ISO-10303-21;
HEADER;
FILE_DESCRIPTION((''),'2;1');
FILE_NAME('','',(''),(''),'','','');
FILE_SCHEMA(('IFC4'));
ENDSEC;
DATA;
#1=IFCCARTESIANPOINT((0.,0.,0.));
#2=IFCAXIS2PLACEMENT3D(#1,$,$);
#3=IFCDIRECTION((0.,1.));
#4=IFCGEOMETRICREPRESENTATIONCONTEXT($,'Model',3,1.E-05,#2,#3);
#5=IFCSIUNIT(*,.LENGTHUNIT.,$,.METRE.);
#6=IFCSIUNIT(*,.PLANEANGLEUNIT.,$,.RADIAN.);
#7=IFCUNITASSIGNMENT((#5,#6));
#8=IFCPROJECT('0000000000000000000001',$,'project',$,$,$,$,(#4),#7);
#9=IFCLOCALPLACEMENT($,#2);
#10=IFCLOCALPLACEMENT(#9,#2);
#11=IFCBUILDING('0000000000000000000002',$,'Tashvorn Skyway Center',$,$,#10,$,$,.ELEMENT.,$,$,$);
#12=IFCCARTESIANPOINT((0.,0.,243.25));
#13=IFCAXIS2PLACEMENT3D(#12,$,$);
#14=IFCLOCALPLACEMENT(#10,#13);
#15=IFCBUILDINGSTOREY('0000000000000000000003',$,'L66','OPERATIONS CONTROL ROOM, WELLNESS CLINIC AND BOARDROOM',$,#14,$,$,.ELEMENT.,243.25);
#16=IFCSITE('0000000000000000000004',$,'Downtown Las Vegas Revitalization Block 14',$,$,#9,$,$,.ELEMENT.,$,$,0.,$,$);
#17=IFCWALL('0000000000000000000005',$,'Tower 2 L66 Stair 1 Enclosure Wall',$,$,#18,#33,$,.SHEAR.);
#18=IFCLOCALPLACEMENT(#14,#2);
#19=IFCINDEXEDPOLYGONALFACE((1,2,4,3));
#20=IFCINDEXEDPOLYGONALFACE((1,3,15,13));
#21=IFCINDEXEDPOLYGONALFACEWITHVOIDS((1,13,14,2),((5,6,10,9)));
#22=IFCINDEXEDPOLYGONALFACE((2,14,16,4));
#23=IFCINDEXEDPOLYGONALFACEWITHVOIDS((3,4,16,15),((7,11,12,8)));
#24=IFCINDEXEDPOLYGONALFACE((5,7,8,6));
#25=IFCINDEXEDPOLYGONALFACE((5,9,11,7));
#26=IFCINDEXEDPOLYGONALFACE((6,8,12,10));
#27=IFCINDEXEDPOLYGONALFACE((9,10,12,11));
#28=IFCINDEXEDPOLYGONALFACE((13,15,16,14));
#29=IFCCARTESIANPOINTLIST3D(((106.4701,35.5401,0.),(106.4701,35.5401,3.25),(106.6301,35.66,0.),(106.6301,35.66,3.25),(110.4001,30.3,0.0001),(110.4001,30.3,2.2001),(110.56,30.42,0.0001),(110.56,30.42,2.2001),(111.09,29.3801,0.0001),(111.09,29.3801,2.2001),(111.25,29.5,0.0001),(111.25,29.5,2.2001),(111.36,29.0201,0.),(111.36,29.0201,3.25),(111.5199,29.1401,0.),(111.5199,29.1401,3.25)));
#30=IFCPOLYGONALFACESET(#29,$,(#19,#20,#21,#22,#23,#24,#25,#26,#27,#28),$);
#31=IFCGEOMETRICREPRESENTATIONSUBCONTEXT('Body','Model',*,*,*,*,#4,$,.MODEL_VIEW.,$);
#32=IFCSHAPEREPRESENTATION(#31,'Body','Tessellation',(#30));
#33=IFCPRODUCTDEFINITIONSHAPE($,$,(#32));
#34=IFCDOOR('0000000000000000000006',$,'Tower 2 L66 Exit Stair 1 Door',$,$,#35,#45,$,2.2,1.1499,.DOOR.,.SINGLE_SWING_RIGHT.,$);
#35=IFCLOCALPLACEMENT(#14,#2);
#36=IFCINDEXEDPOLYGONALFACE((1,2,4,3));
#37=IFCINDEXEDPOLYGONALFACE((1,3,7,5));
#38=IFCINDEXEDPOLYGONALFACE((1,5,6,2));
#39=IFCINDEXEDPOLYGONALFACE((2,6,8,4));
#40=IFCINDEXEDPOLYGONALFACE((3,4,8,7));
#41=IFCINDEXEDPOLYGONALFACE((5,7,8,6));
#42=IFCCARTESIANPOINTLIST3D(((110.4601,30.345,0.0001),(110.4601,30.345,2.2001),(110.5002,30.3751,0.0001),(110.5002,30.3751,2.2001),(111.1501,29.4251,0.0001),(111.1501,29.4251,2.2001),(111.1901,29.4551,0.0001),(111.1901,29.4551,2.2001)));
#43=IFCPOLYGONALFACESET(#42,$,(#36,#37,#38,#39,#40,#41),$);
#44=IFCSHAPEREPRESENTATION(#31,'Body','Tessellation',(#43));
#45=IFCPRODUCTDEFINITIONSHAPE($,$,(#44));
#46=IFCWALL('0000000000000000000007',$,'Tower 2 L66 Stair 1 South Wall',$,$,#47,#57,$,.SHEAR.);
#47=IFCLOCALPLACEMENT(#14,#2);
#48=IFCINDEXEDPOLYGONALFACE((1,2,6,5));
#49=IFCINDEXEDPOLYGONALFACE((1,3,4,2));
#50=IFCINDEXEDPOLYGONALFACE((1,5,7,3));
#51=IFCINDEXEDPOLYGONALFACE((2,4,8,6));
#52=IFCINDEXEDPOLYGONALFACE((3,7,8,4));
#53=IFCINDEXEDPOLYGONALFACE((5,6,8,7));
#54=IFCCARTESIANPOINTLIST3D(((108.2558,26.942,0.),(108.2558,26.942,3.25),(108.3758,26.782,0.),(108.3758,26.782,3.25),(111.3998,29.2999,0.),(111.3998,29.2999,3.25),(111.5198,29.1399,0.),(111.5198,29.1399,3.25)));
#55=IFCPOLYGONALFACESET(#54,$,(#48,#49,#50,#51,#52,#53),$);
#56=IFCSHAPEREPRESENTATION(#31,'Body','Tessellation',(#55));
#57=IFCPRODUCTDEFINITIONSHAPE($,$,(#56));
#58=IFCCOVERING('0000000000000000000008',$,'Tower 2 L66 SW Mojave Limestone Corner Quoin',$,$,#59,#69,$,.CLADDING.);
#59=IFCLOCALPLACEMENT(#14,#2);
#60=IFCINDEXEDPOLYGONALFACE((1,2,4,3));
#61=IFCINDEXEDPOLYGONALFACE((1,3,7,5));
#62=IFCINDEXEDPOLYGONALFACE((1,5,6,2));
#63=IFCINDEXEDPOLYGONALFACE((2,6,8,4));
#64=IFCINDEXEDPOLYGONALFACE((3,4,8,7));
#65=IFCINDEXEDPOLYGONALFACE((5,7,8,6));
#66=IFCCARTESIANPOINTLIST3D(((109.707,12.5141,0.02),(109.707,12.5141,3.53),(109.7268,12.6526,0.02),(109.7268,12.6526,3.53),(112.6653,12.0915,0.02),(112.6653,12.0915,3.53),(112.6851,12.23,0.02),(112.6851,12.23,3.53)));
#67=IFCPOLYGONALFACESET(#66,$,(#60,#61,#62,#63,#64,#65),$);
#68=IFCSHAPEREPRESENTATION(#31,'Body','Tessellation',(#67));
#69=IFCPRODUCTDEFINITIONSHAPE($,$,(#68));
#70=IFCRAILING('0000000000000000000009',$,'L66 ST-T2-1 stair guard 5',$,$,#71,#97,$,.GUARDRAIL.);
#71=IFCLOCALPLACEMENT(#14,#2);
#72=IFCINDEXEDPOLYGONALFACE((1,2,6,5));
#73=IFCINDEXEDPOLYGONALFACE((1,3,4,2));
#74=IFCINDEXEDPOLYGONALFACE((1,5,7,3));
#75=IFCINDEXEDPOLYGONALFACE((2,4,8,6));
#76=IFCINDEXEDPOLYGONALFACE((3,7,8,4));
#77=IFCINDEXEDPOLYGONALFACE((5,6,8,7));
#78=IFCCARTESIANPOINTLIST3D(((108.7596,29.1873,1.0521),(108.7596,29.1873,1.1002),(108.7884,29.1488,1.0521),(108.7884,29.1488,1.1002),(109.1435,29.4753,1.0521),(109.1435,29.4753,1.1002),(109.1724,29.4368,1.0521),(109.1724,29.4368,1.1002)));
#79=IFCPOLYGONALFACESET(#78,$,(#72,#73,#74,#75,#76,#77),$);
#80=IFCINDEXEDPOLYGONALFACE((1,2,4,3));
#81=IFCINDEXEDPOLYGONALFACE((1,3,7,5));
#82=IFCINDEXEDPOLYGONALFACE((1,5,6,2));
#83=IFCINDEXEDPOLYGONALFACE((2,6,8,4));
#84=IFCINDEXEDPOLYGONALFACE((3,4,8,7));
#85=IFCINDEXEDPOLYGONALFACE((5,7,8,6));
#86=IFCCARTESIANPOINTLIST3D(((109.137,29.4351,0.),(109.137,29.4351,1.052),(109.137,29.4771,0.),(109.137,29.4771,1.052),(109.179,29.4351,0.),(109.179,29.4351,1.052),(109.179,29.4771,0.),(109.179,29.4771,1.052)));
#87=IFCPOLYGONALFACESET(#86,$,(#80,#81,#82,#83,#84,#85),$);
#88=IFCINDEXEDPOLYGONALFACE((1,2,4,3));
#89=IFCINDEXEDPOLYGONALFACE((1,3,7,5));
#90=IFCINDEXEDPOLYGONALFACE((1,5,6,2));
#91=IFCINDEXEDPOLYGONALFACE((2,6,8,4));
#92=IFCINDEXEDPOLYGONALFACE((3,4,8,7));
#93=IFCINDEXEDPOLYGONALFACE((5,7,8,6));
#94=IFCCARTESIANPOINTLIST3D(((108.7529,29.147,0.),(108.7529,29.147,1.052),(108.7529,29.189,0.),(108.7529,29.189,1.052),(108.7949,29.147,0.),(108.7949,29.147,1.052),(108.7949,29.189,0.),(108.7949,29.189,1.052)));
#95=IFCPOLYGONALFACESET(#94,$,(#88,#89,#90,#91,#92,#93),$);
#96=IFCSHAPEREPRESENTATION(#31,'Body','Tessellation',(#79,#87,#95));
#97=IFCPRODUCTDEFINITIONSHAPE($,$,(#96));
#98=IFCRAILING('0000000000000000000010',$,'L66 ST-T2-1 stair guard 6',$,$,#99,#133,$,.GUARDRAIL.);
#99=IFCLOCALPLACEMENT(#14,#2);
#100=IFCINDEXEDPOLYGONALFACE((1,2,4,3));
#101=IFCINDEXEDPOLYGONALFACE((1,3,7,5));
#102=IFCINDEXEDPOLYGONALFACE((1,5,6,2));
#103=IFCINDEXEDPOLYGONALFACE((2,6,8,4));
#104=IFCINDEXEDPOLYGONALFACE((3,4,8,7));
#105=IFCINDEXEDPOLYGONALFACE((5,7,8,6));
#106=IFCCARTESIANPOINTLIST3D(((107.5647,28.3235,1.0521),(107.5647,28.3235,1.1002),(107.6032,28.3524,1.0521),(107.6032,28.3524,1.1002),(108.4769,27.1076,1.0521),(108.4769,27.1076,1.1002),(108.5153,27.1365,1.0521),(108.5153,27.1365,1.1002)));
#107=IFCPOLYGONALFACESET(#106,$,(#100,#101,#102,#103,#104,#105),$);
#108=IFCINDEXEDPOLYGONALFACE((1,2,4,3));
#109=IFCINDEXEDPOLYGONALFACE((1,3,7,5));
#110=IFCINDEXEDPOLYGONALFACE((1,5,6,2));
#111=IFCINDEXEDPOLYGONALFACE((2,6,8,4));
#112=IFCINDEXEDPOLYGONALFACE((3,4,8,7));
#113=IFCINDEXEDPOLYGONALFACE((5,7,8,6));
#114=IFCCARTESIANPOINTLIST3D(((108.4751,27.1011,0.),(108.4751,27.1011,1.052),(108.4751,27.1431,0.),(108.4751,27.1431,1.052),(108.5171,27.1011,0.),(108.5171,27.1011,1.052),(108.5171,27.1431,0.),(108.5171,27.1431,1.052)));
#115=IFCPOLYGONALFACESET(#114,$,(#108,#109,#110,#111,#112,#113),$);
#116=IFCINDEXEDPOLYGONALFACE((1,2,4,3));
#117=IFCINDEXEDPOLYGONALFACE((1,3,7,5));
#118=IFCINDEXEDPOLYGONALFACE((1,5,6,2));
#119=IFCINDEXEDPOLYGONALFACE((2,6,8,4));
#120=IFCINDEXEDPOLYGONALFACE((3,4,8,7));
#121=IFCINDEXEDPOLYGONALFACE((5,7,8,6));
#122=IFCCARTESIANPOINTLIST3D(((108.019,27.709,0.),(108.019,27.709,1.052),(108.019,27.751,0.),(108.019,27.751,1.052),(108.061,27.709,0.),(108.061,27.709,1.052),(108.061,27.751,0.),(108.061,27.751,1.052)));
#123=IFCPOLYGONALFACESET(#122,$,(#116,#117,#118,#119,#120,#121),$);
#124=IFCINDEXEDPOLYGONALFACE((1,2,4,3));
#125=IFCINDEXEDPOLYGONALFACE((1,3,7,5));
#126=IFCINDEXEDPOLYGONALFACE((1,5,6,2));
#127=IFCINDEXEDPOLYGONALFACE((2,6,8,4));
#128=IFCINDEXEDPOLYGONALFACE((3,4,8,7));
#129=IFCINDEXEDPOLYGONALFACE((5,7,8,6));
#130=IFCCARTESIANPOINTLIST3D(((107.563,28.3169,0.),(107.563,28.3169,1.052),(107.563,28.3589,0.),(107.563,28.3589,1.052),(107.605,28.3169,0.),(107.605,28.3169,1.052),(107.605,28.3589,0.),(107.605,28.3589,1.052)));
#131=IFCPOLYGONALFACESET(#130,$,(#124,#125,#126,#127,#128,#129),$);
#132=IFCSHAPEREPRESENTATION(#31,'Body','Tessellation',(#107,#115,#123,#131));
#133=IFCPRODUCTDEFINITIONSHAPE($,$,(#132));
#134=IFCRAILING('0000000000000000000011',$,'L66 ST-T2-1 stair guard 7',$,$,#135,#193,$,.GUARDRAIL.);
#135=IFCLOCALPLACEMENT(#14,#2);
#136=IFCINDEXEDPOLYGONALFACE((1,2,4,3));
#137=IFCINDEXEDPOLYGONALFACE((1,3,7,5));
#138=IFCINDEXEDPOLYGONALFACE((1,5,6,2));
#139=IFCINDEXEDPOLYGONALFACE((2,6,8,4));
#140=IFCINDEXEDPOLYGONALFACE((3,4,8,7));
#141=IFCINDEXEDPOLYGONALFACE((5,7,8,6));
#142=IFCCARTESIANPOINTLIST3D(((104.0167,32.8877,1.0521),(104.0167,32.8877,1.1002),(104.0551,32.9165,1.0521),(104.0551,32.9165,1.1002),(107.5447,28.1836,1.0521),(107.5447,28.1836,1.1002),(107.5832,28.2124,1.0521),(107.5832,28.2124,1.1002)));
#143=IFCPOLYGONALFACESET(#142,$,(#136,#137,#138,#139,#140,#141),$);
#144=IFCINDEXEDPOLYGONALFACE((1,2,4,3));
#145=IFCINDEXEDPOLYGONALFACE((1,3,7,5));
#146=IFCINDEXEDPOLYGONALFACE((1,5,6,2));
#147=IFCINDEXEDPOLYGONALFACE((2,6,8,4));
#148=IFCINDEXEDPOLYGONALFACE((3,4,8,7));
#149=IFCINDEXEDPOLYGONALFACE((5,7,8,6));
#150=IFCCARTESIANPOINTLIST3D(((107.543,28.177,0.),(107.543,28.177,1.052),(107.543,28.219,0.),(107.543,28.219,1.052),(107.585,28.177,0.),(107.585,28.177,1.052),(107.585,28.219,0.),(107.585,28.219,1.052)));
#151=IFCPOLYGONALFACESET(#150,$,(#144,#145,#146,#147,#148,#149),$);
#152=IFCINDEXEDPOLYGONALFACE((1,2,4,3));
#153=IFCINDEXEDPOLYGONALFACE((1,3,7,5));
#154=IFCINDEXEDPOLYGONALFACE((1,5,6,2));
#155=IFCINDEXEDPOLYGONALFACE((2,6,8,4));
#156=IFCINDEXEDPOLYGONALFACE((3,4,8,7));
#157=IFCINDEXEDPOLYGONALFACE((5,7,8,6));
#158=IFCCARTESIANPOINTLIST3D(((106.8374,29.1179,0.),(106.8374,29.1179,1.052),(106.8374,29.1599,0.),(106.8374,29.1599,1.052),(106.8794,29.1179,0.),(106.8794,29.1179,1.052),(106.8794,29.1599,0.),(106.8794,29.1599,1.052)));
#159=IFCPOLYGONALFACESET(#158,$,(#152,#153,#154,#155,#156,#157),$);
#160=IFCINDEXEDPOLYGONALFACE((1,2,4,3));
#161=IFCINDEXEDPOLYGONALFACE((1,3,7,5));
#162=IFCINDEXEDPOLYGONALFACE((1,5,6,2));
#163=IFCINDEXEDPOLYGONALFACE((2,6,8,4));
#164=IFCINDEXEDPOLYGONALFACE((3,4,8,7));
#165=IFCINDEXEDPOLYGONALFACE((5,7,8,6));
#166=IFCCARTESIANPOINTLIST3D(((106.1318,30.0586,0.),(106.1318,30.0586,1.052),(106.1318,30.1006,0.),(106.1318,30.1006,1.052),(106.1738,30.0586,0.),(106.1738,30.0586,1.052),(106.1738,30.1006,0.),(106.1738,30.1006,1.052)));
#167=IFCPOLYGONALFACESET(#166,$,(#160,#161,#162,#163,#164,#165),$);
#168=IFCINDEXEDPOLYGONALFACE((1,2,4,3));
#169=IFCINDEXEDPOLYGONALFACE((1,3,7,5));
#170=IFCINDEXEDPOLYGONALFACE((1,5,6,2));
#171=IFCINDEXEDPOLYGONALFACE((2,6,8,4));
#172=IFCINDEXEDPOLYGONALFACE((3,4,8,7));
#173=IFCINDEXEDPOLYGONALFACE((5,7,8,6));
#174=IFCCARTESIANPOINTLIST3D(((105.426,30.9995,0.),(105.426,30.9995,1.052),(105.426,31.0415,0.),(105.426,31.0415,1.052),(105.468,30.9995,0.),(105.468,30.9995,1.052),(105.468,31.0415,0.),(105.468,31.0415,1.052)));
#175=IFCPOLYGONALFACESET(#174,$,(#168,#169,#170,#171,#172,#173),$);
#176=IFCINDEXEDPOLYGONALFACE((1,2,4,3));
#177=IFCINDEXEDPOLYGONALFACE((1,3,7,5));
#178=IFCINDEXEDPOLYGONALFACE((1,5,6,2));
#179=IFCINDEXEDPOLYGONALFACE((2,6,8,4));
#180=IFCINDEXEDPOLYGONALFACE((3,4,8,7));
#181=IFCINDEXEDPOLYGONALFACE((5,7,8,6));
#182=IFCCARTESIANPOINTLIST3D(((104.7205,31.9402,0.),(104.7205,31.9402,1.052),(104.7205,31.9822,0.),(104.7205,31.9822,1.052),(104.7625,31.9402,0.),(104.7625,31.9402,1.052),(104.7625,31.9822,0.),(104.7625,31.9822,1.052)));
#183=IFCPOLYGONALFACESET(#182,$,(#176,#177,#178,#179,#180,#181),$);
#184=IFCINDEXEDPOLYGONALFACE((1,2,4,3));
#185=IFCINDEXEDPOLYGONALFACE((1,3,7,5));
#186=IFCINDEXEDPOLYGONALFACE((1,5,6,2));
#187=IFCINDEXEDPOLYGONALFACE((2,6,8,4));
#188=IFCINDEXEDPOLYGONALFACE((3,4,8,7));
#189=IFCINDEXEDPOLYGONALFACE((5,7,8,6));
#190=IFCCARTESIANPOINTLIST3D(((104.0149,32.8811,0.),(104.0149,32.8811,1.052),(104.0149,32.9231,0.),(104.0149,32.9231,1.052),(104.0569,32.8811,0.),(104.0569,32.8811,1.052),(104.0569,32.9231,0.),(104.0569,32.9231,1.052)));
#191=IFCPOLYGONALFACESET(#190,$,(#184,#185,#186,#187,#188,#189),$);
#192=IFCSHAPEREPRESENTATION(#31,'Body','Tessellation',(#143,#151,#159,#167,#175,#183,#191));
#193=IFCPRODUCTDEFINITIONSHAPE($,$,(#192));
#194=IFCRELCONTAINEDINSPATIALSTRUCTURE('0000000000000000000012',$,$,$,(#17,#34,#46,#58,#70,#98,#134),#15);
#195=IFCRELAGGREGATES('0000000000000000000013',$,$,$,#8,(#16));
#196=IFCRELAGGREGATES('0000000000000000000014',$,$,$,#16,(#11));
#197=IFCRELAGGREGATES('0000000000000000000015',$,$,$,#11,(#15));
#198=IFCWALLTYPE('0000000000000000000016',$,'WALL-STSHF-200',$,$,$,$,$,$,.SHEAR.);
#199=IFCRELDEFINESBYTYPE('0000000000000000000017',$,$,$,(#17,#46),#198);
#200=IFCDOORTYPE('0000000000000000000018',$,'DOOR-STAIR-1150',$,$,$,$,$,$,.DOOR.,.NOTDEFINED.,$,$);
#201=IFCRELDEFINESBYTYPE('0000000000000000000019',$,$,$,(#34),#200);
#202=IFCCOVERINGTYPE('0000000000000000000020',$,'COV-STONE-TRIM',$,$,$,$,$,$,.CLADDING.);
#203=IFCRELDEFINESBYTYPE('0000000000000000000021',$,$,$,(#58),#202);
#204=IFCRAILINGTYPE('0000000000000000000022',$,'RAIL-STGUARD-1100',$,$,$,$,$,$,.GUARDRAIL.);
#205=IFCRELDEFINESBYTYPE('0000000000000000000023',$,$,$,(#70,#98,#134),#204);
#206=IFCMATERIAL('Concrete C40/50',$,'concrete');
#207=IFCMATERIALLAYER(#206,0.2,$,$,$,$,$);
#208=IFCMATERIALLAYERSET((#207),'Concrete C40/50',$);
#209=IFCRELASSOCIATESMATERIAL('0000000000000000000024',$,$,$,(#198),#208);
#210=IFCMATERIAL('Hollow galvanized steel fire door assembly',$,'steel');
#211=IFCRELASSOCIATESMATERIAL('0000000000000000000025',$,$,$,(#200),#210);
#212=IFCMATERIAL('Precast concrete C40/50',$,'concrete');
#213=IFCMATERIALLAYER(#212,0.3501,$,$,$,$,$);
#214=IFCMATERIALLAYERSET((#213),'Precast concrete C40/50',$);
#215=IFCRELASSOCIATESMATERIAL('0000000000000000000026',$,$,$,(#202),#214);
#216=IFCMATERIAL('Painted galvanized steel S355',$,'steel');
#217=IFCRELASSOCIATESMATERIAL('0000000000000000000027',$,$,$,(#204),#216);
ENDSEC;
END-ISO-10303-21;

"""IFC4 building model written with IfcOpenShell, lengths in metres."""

from ifc_helpers import new_model, si_unit, direction, frame, frame_2d, origin, origin_2d, place, context, subcontext, project, spatial, rectangle, extrude, material, layer, layer_set, type_object, element, fill, save


model = new_model("IFC4")

# Units and contexts
model_context = context("Model", 3, precision=1e-05, world=origin(), true_north=direction((0.0, 1.0)))
body_context = subcontext(model_context, "Body", "Model", "MODEL_VIEW")
ifc_project = project(units=[si_unit("LENGTHUNIT", "METRE"), si_unit("PLANEANGLEUNIT", "RADIAN")], contexts=[model_context])

# Site, building, storey
site_placement = place(None, origin())
site = spatial("IfcSite", under=ifc_project, at=site_placement, Name="Downtown Las Vegas Revitalization Block 14", CompositionType="ELEMENT", RefElevation=0.0)
building_placement = place(site_placement, origin())
building = spatial("IfcBuilding", under=site, at=building_placement, Name="Tashvorn Skyway Center", CompositionType="ELEMENT")
storey_placement = place(building_placement, frame((0.0, 0.0, 243.25)))
storey = spatial("IfcBuildingStorey", under=building, at=storey_placement, Name="L66", Description="OPERATIONS CONTROL ROOM, WELLNESS CLINIC AND BOARDROOM", CompositionType="ELEMENT", Elevation=243.25)

# Shared definitions
ifc_material_1 = material(Name="Precast concrete C40/50", Category="concrete")

# Shared definitions
ifc_material_2 = material(Name="Concrete C40/50", Category="concrete")

# Wall, opening, door
ifc_layer_1 = layer(ifc_material_2, 0.2)
ifc_layer_set_1 = layer_set([ifc_layer_1], Name="Concrete C40/50")
wall_type_1 = type_object("IfcWallType", Name="WALL-STSHF-200", PredefinedType="SHEAR", material=ifc_layer_set_1)
wall_1_placement = place(storey_placement, frame((111.4399, 29.0801, 0.0), z_axis=(0.0, 0.0, 1.0), x_axis=(-0.59999, 0.800007, 0.0)))
wall_1 = element("IfcWall", 1, at=wall_1_placement, inside=storey, type_object=wall_type_1, Name="Tower 2 L66 Stair 1 Enclosure Wall", PredefinedType="SHEAR", context=body_context, shape_type="SweptSolid", body=[
    extrude(rectangle(XDim=8.1499, YDim=0.2, at=frame_2d((4.075, 0.0))), origin(), (0.0, 0.0, 1.0), 3.25),
])
opening_1_placement = place(wall_1_placement, frame((0.45, 0.0, 0.0)))
opening_1 = element("IfcOpeningElement", 2, at=opening_1_placement, cuts=wall_1, PredefinedType="OPENING", context=body_context, shape_type="SweptSolid", body=[
    extrude(rectangle(XDim=1.1499, YDim=2.2, at=frame_2d((0.575, 1.1001))), frame((0.0, 0.1099, 0.0), z_axis=(0.0, -1.0, 0.0), x_axis=(1.0, 0.0, 0.0)), (0.0, 0.0, 1.0), 0.22),
])
ifc_material_3 = material(Name="Hollow galvanized steel fire door assembly", Category="steel")
door_type_1 = type_object("IfcDoorType", Name="DOOR-STAIR-1150", OperationType="NOTDEFINED", PredefinedType="DOOR", material=ifc_material_3)
door_1_placement = place(opening_1_placement, origin())
door_1 = element("IfcDoor", 3, at=door_1_placement, inside=storey, type_object=door_type_1, Name="Tower 2 L66 Exit Stair 1 Door", OperationType="SINGLE_SWING_RIGHT", OverallHeight=2.2, OverallWidth=1.1499, PredefinedType="DOOR", context=body_context, shape_type="SweptSolid", body=[
    extrude(rectangle(XDim=1.1499, YDim=2.2, at=frame_2d((0.575, 1.1001))), frame((0.0, 0.0249, 0.0), z_axis=(0.0, -1.0, 0.0), x_axis=(1.0, 0.0, 0.0)), (0.0, 0.0, 1.0), 0.05),
])
fill(opening_1, door_1)

# Wall
wall_2_placement = place(storey_placement, frame((108.3159, 26.8621, 0.0), z_axis=(0.0, 0.0, 1.0), x_axis=(0.800015, 0.59998, 0.0)))
element("IfcWall", 4, at=wall_2_placement, inside=storey, type_object=wall_type_1, Name="Tower 2 L66 Stair 1 South Wall", PredefinedType="SHEAR", context=body_context, shape_type="SweptSolid", body=[
    extrude(rectangle(XDim=3.9299, YDim=0.2, at=frame_2d((1.9648, 0.0))), origin(), (0.0, 0.0, 1.0), 3.25),
])

# Covering
ifc_layer_2 = layer(ifc_material_1, 0.3501)
ifc_layer_set_2 = layer_set([ifc_layer_2], Name="Precast concrete C40/50")
covering_type = type_object("IfcCoveringType", Name="COV-STONE-TRIM", PredefinedType="CLADDING", material=ifc_layer_set_2)
covering_placement = place(storey_placement, frame((111.196, 12.3721, 0.02), z_axis=(0.0, 0.0, 1.0), x_axis=(-0.989949, 0.141421, 0.0)))
element("IfcCovering", 5, at=covering_placement, inside=storey, type_object=covering_type, Name="Tower 2 L66 SW Mojave Limestone Corner Quoin", PredefinedType="CLADDING", context=body_context, shape_type="SweptSolid", body=[
    extrude(rectangle(XDim=2.9883, YDim=0.1399, at=origin_2d()), origin(), (0.0, 0.0, 1.0), 3.51),
])

# Railings
ifc_material_4 = material(Name="Painted galvanized steel S355", Category="steel")
railing_type = type_object("IfcRailingType", Name="RAIL-STGUARD-1100", PredefinedType="GUARDRAIL", material=ifc_material_4)
railing_1_placement = place(storey_placement, frame((109.158, 29.4561, 0.0)))
element("IfcRailing", 6, at=railing_1_placement, inside=storey, type_object=railing_type, Name="L66 ST-T2-1 stair guard 5", PredefinedType="GUARDRAIL", context=body_context, shape_type="SweptSolid", body=[
    extrude(rectangle(XDim=0.0481, YDim=0.0481, at=origin_2d()), frame((0.0, 0.0, 1.0762), z_axis=(-0.799939, -0.600081, 0.0), x_axis=(0.600081, -0.799939, 0.0)), (0.0, 0.0, 1.0), 0.48),
    extrude(rectangle(XDim=0.042, YDim=0.042, at=origin_2d()), origin(), (0.0, 0.0, 1.0), 1.052),
    extrude(rectangle(XDim=0.042, YDim=0.042, at=origin_2d()), frame((-0.384, -0.2881, 0.0)), (0.0, 0.0, 1.0), 1.052),
])
railing_2_placement = place(storey_placement, frame((108.4961, 27.1221, 0.0)))
element("IfcRailing", 7, at=railing_2_placement, inside=storey, type_object=railing_type, Name="L66 ST-T2-1 stair guard 6", PredefinedType="GUARDRAIL", context=body_context, shape_type="SweptSolid", body=[
    extrude(rectangle(XDim=0.0481, YDim=0.0481, at=origin_2d()), frame((0.0, 0.0, 1.0762), z_axis=(-0.600103, 0.799923, 0.0), x_axis=(-0.799923, -0.600103, 0.0)), (0.0, 0.0, 1.0), 1.52),
    extrude(rectangle(XDim=0.042, YDim=0.042, at=origin_2d()), origin(), (0.0, 0.0, 1.0), 1.052),
    extrude(rectangle(XDim=0.042, YDim=0.042, at=origin_2d()), frame((-0.4561, 0.6079, 0.0)), (0.0, 0.0, 1.0), 1.052),
    extrude(rectangle(XDim=0.042, YDim=0.042, at=origin_2d()), frame((-0.9121, 1.2158, 0.0)), (0.0, 0.0, 1.0), 1.052),
])
railing_3_placement = place(storey_placement, frame((107.564, 28.198, 0.0)))
element("IfcRailing", 8, at=railing_3_placement, inside=storey, type_object=railing_type, Name="L66 ST-T2-1 stair guard 7", PredefinedType="GUARDRAIL", context=body_context, shape_type="SweptSolid", body=[
    extrude(rectangle(XDim=0.0481, YDim=0.0481, at=origin_2d()), frame((0.0, 0.0, 1.0762), z_axis=(-0.6, 0.8, 0.0), x_axis=(-0.8, -0.6, 0.0)), (0.0, 0.0, 1.0), 5.8801),
    extrude(rectangle(XDim=0.042, YDim=0.042, at=origin_2d()), origin(), (0.0, 0.0, 1.0), 1.052),
    extrude(rectangle(XDim=0.042, YDim=0.042, at=origin_2d()), frame((-0.7056, 0.9409, 0.0)), (0.0, 0.0, 1.0), 1.052),
    extrude(rectangle(XDim=0.042, YDim=0.042, at=origin_2d()), frame((-1.4111, 1.8816, 0.0)), (0.0, 0.0, 1.0), 1.052),
    extrude(rectangle(XDim=0.042, YDim=0.042, at=origin_2d()), frame((-2.1169, 2.8225, 0.0)), (0.0, 0.0, 1.0), 1.052),
    extrude(rectangle(XDim=0.042, YDim=0.042, at=origin_2d()), frame((-2.8225, 3.7632, 0.0)), (0.0, 0.0, 1.0), 1.052),
    extrude(rectangle(XDim=0.042, YDim=0.042, at=origin_2d()), frame((-3.5281, 4.7041, 0.0)), (0.0, 0.0, 1.0), 1.052),
])

save(model, "model.ifc")
